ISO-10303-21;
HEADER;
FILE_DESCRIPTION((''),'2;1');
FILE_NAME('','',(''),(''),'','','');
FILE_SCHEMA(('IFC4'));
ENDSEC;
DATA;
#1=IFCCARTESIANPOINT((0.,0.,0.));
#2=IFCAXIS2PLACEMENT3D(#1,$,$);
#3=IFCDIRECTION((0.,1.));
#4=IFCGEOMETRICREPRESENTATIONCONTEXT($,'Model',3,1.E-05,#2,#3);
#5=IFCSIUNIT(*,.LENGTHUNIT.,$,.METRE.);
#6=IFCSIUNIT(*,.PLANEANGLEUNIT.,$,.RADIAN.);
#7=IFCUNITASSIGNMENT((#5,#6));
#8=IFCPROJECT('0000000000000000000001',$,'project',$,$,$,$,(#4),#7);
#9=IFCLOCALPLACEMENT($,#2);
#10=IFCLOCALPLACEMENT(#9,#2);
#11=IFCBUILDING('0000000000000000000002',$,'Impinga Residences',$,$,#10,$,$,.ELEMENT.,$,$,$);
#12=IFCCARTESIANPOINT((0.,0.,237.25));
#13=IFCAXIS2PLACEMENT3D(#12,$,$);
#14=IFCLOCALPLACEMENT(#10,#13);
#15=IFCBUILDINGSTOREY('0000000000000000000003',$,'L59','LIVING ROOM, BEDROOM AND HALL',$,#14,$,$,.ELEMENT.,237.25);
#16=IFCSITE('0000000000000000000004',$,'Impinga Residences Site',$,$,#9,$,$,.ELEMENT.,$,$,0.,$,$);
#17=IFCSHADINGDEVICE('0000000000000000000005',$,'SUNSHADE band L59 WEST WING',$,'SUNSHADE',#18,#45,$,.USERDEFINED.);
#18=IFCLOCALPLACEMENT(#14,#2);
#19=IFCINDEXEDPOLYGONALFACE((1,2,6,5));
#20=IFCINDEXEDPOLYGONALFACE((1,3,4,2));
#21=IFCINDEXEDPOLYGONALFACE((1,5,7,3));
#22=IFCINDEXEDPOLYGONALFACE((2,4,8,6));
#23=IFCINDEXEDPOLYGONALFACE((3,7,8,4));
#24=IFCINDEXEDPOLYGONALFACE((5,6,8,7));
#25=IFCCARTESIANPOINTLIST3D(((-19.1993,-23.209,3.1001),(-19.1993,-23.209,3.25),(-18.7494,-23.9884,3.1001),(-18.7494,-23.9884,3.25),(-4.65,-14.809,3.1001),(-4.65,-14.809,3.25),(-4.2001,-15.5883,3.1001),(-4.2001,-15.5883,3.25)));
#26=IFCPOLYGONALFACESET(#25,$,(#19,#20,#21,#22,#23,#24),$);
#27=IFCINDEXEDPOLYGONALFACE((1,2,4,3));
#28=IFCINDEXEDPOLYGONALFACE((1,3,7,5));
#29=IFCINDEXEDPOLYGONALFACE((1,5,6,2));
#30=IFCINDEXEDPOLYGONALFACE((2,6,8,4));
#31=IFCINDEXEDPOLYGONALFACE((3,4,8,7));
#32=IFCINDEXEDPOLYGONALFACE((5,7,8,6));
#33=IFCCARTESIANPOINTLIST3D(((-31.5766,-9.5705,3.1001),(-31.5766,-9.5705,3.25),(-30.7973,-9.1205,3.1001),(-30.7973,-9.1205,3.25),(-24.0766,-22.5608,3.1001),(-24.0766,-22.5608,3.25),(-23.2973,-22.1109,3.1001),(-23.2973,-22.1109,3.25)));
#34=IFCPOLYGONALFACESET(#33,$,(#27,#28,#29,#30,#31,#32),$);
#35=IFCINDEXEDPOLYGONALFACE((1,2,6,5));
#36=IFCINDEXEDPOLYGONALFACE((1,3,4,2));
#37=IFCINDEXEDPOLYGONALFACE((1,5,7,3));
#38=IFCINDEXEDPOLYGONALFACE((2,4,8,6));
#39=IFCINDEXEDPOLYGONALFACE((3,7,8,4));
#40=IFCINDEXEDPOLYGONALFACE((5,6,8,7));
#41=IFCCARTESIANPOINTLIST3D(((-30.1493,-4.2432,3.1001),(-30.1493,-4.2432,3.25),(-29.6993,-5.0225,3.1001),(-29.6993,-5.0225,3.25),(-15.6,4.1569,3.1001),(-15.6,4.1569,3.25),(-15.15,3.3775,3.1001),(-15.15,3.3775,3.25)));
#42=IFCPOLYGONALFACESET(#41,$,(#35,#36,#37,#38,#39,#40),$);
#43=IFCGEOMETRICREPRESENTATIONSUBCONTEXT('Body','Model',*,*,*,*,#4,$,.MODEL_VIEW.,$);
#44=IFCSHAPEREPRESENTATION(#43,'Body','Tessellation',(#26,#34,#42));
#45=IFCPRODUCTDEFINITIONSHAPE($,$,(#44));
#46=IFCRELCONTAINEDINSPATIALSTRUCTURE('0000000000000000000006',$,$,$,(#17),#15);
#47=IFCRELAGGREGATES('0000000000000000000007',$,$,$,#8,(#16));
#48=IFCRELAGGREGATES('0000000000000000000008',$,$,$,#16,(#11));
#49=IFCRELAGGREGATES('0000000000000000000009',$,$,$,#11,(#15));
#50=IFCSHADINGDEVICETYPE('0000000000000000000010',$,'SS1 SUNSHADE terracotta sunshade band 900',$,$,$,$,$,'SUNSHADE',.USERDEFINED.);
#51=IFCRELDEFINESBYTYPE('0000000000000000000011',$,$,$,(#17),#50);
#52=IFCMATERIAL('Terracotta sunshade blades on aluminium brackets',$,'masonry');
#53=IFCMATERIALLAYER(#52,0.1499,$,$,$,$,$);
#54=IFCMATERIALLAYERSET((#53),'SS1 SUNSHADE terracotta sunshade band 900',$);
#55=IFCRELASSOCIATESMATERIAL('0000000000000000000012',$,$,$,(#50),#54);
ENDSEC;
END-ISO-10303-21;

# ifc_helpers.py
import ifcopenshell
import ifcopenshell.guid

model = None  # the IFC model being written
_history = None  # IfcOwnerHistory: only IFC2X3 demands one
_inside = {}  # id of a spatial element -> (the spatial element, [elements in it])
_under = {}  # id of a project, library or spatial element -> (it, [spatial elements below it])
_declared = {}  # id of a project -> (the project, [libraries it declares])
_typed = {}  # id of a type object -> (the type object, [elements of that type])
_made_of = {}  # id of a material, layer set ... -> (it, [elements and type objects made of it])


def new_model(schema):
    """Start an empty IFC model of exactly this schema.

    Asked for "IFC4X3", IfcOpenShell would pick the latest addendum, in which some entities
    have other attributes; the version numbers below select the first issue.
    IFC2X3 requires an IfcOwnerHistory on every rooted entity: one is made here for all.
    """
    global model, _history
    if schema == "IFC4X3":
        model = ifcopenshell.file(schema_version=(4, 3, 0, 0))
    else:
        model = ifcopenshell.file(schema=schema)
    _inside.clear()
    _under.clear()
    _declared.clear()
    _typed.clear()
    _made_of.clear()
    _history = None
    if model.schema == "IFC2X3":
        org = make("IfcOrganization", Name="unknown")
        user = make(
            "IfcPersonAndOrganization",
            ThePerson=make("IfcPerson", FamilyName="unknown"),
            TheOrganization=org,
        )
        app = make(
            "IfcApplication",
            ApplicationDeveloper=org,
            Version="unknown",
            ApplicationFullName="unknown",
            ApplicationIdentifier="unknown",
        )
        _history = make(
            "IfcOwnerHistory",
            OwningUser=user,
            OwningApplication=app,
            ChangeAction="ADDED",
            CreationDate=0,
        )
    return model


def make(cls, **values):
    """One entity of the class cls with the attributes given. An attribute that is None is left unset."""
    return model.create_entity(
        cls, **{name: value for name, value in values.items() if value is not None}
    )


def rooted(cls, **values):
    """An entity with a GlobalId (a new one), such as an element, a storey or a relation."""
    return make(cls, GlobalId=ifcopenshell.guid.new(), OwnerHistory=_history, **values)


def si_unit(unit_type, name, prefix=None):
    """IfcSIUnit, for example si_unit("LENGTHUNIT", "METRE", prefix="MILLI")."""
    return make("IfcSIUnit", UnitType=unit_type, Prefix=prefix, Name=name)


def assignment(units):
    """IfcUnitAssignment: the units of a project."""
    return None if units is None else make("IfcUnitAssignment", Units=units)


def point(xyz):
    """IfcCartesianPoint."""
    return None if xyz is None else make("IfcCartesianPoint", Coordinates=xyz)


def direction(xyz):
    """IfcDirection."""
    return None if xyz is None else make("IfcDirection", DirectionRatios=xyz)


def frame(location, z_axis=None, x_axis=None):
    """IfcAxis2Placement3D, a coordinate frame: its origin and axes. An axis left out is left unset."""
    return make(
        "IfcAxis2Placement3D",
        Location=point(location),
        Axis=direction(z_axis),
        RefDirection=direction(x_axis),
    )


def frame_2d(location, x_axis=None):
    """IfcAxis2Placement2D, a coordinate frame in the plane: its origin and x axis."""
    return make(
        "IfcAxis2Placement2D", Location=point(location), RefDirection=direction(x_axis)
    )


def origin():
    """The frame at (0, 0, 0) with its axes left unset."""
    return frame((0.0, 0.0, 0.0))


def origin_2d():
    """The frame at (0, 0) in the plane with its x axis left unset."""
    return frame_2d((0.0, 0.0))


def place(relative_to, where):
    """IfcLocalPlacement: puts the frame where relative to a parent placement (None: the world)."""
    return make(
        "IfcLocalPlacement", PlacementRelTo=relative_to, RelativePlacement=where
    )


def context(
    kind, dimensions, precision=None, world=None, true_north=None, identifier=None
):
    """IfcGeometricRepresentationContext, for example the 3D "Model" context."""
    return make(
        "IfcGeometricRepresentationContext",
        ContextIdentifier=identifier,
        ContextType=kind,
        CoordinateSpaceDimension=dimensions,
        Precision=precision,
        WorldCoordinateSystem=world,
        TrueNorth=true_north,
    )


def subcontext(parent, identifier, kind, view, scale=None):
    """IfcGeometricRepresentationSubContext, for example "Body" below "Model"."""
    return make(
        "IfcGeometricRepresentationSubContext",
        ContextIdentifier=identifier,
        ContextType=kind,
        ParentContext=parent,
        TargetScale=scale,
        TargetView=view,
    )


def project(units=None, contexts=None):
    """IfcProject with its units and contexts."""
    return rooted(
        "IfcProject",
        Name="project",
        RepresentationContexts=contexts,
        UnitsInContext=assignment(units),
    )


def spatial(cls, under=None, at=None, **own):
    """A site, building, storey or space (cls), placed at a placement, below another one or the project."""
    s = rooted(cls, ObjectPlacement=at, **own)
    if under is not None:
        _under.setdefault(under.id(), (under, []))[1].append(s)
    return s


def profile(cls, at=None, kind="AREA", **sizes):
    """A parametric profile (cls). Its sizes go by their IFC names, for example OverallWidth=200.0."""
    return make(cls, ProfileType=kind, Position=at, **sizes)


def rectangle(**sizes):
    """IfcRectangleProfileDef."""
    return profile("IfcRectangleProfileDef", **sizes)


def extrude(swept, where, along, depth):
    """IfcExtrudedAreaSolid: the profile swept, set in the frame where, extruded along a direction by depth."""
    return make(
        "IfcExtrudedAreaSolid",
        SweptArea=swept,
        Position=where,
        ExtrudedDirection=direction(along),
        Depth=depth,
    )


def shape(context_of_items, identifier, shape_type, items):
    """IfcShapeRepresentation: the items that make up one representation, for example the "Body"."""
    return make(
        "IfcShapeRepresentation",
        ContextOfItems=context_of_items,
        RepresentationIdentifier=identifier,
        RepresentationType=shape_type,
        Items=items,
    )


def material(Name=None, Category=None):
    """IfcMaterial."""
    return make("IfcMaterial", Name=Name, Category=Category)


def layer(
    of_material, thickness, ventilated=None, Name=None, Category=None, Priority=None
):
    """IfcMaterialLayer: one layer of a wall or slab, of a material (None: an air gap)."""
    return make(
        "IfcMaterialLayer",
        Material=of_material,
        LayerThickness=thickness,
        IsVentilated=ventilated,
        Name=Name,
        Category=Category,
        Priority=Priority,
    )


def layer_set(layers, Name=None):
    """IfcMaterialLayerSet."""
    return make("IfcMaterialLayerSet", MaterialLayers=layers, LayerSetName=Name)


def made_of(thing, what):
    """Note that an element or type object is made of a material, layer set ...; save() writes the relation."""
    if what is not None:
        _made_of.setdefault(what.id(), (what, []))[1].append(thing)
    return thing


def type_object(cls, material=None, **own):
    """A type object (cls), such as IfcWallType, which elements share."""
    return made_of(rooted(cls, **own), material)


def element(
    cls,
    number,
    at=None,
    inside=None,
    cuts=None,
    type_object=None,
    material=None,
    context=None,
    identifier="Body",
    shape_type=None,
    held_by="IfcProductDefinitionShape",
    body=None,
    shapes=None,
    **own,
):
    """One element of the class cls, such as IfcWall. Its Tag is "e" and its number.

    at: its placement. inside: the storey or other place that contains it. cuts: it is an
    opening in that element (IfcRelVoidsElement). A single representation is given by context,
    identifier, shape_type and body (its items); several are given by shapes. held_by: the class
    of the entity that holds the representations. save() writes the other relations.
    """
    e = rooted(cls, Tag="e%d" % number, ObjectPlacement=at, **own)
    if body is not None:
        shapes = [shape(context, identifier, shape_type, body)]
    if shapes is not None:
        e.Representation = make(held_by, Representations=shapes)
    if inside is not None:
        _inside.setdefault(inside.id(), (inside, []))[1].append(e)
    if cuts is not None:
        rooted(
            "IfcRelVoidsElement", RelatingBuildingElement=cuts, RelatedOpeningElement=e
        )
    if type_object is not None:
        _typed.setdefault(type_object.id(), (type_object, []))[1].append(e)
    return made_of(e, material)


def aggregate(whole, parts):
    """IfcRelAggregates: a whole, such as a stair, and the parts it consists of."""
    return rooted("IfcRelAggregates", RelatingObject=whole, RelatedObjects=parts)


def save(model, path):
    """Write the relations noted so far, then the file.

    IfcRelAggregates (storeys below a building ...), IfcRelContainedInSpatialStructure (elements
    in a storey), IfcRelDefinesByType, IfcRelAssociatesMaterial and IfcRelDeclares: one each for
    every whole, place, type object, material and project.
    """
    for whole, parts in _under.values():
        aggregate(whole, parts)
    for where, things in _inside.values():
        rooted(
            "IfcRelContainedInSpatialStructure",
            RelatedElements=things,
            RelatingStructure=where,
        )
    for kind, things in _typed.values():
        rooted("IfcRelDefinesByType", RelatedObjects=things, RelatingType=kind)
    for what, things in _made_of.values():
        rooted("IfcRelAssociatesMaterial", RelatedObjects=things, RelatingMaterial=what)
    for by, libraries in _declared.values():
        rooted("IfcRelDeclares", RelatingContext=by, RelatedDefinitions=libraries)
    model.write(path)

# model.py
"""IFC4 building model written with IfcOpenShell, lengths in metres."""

from ifc_helpers import new_model, si_unit, direction, frame, origin, origin_2d, place, context, subcontext, project, spatial, rectangle, extrude, material, layer, layer_set, type_object, element, save


model = new_model("IFC4")

# Units and contexts
model_context = context("Model", 3, precision=1e-05, world=origin(), true_north=direction((0.0, 1.0)))
body_context = subcontext(model_context, "Body", "Model", "MODEL_VIEW")
ifc_project = project(units=[si_unit("LENGTHUNIT", "METRE"), si_unit("PLANEANGLEUNIT", "RADIAN")], contexts=[model_context])

# Site, building, storey
site_placement = place(None, origin())
site = spatial("IfcSite", under=ifc_project, at=site_placement, Name="Impinga Residences Site", CompositionType="ELEMENT", RefElevation=0.0)
building_placement = place(site_placement, origin())
building = spatial("IfcBuilding", under=site, at=building_placement, Name="Impinga Residences", CompositionType="ELEMENT")
storey_placement = place(building_placement, frame((0.0, 0.0, 237.25)))
storey = spatial("IfcBuildingStorey", under=building, at=storey_placement, Name="L59", Description="LIVING ROOM, BEDROOM AND HALL", CompositionType="ELEMENT", Elevation=237.25)

# Shading device
ifc_material_1 = material(Name="Terracotta sunshade blades on aluminium brackets", Category="masonry")
ifc_layer_1 = layer(ifc_material_1, 0.1499)
ifc_layer_set_1 = layer_set([ifc_layer_1], Name="SS1 SUNSHADE terracotta sunshade band 900")
shading_device_type = type_object("IfcShadingDeviceType", Name="SS1 SUNSHADE terracotta sunshade band 900", ElementType="SUNSHADE", PredefinedType="USERDEFINED", material=ifc_layer_set_1)
shading_device_placement = place(storey_placement, frame((-11.6997, -19.3987, 3.1001), z_axis=(0.0, 0.0, 1.0), x_axis=(-0.866025, -0.5, 0.0)))
element("IfcShadingDevice", 1, at=shading_device_placement, inside=storey, type_object=shading_device_type, Name="SUNSHADE band L59 WEST WING", ObjectType="SUNSHADE", PredefinedType="USERDEFINED", context=body_context, shape_type="SweptSolid", body=[
    extrude(rectangle(XDim=16.8, YDim=0.8999, at=origin_2d()), origin(), (0.0, 0.0, 1.0), 0.1499),
    extrude(rectangle(XDim=15.0, YDim=0.8999, at=origin_2d()), frame((11.8499, -10.95, 0.0), z_axis=(0.0, 0.0, 1.0), x_axis=(0.0, -1.0, 0.0)), (0.0, 0.0, 1.0), 0.1499),
    extrude(rectangle(XDim=16.8, YDim=0.8999, at=origin_2d()), frame((0.0, -21.8999, 0.0), z_axis=(0.0, 0.0, 1.0), x_axis=(-1.0, 0.0, 0.0)), (0.0, 0.0, 1.0), 0.1499),
])

save(model, "model.ifc")
